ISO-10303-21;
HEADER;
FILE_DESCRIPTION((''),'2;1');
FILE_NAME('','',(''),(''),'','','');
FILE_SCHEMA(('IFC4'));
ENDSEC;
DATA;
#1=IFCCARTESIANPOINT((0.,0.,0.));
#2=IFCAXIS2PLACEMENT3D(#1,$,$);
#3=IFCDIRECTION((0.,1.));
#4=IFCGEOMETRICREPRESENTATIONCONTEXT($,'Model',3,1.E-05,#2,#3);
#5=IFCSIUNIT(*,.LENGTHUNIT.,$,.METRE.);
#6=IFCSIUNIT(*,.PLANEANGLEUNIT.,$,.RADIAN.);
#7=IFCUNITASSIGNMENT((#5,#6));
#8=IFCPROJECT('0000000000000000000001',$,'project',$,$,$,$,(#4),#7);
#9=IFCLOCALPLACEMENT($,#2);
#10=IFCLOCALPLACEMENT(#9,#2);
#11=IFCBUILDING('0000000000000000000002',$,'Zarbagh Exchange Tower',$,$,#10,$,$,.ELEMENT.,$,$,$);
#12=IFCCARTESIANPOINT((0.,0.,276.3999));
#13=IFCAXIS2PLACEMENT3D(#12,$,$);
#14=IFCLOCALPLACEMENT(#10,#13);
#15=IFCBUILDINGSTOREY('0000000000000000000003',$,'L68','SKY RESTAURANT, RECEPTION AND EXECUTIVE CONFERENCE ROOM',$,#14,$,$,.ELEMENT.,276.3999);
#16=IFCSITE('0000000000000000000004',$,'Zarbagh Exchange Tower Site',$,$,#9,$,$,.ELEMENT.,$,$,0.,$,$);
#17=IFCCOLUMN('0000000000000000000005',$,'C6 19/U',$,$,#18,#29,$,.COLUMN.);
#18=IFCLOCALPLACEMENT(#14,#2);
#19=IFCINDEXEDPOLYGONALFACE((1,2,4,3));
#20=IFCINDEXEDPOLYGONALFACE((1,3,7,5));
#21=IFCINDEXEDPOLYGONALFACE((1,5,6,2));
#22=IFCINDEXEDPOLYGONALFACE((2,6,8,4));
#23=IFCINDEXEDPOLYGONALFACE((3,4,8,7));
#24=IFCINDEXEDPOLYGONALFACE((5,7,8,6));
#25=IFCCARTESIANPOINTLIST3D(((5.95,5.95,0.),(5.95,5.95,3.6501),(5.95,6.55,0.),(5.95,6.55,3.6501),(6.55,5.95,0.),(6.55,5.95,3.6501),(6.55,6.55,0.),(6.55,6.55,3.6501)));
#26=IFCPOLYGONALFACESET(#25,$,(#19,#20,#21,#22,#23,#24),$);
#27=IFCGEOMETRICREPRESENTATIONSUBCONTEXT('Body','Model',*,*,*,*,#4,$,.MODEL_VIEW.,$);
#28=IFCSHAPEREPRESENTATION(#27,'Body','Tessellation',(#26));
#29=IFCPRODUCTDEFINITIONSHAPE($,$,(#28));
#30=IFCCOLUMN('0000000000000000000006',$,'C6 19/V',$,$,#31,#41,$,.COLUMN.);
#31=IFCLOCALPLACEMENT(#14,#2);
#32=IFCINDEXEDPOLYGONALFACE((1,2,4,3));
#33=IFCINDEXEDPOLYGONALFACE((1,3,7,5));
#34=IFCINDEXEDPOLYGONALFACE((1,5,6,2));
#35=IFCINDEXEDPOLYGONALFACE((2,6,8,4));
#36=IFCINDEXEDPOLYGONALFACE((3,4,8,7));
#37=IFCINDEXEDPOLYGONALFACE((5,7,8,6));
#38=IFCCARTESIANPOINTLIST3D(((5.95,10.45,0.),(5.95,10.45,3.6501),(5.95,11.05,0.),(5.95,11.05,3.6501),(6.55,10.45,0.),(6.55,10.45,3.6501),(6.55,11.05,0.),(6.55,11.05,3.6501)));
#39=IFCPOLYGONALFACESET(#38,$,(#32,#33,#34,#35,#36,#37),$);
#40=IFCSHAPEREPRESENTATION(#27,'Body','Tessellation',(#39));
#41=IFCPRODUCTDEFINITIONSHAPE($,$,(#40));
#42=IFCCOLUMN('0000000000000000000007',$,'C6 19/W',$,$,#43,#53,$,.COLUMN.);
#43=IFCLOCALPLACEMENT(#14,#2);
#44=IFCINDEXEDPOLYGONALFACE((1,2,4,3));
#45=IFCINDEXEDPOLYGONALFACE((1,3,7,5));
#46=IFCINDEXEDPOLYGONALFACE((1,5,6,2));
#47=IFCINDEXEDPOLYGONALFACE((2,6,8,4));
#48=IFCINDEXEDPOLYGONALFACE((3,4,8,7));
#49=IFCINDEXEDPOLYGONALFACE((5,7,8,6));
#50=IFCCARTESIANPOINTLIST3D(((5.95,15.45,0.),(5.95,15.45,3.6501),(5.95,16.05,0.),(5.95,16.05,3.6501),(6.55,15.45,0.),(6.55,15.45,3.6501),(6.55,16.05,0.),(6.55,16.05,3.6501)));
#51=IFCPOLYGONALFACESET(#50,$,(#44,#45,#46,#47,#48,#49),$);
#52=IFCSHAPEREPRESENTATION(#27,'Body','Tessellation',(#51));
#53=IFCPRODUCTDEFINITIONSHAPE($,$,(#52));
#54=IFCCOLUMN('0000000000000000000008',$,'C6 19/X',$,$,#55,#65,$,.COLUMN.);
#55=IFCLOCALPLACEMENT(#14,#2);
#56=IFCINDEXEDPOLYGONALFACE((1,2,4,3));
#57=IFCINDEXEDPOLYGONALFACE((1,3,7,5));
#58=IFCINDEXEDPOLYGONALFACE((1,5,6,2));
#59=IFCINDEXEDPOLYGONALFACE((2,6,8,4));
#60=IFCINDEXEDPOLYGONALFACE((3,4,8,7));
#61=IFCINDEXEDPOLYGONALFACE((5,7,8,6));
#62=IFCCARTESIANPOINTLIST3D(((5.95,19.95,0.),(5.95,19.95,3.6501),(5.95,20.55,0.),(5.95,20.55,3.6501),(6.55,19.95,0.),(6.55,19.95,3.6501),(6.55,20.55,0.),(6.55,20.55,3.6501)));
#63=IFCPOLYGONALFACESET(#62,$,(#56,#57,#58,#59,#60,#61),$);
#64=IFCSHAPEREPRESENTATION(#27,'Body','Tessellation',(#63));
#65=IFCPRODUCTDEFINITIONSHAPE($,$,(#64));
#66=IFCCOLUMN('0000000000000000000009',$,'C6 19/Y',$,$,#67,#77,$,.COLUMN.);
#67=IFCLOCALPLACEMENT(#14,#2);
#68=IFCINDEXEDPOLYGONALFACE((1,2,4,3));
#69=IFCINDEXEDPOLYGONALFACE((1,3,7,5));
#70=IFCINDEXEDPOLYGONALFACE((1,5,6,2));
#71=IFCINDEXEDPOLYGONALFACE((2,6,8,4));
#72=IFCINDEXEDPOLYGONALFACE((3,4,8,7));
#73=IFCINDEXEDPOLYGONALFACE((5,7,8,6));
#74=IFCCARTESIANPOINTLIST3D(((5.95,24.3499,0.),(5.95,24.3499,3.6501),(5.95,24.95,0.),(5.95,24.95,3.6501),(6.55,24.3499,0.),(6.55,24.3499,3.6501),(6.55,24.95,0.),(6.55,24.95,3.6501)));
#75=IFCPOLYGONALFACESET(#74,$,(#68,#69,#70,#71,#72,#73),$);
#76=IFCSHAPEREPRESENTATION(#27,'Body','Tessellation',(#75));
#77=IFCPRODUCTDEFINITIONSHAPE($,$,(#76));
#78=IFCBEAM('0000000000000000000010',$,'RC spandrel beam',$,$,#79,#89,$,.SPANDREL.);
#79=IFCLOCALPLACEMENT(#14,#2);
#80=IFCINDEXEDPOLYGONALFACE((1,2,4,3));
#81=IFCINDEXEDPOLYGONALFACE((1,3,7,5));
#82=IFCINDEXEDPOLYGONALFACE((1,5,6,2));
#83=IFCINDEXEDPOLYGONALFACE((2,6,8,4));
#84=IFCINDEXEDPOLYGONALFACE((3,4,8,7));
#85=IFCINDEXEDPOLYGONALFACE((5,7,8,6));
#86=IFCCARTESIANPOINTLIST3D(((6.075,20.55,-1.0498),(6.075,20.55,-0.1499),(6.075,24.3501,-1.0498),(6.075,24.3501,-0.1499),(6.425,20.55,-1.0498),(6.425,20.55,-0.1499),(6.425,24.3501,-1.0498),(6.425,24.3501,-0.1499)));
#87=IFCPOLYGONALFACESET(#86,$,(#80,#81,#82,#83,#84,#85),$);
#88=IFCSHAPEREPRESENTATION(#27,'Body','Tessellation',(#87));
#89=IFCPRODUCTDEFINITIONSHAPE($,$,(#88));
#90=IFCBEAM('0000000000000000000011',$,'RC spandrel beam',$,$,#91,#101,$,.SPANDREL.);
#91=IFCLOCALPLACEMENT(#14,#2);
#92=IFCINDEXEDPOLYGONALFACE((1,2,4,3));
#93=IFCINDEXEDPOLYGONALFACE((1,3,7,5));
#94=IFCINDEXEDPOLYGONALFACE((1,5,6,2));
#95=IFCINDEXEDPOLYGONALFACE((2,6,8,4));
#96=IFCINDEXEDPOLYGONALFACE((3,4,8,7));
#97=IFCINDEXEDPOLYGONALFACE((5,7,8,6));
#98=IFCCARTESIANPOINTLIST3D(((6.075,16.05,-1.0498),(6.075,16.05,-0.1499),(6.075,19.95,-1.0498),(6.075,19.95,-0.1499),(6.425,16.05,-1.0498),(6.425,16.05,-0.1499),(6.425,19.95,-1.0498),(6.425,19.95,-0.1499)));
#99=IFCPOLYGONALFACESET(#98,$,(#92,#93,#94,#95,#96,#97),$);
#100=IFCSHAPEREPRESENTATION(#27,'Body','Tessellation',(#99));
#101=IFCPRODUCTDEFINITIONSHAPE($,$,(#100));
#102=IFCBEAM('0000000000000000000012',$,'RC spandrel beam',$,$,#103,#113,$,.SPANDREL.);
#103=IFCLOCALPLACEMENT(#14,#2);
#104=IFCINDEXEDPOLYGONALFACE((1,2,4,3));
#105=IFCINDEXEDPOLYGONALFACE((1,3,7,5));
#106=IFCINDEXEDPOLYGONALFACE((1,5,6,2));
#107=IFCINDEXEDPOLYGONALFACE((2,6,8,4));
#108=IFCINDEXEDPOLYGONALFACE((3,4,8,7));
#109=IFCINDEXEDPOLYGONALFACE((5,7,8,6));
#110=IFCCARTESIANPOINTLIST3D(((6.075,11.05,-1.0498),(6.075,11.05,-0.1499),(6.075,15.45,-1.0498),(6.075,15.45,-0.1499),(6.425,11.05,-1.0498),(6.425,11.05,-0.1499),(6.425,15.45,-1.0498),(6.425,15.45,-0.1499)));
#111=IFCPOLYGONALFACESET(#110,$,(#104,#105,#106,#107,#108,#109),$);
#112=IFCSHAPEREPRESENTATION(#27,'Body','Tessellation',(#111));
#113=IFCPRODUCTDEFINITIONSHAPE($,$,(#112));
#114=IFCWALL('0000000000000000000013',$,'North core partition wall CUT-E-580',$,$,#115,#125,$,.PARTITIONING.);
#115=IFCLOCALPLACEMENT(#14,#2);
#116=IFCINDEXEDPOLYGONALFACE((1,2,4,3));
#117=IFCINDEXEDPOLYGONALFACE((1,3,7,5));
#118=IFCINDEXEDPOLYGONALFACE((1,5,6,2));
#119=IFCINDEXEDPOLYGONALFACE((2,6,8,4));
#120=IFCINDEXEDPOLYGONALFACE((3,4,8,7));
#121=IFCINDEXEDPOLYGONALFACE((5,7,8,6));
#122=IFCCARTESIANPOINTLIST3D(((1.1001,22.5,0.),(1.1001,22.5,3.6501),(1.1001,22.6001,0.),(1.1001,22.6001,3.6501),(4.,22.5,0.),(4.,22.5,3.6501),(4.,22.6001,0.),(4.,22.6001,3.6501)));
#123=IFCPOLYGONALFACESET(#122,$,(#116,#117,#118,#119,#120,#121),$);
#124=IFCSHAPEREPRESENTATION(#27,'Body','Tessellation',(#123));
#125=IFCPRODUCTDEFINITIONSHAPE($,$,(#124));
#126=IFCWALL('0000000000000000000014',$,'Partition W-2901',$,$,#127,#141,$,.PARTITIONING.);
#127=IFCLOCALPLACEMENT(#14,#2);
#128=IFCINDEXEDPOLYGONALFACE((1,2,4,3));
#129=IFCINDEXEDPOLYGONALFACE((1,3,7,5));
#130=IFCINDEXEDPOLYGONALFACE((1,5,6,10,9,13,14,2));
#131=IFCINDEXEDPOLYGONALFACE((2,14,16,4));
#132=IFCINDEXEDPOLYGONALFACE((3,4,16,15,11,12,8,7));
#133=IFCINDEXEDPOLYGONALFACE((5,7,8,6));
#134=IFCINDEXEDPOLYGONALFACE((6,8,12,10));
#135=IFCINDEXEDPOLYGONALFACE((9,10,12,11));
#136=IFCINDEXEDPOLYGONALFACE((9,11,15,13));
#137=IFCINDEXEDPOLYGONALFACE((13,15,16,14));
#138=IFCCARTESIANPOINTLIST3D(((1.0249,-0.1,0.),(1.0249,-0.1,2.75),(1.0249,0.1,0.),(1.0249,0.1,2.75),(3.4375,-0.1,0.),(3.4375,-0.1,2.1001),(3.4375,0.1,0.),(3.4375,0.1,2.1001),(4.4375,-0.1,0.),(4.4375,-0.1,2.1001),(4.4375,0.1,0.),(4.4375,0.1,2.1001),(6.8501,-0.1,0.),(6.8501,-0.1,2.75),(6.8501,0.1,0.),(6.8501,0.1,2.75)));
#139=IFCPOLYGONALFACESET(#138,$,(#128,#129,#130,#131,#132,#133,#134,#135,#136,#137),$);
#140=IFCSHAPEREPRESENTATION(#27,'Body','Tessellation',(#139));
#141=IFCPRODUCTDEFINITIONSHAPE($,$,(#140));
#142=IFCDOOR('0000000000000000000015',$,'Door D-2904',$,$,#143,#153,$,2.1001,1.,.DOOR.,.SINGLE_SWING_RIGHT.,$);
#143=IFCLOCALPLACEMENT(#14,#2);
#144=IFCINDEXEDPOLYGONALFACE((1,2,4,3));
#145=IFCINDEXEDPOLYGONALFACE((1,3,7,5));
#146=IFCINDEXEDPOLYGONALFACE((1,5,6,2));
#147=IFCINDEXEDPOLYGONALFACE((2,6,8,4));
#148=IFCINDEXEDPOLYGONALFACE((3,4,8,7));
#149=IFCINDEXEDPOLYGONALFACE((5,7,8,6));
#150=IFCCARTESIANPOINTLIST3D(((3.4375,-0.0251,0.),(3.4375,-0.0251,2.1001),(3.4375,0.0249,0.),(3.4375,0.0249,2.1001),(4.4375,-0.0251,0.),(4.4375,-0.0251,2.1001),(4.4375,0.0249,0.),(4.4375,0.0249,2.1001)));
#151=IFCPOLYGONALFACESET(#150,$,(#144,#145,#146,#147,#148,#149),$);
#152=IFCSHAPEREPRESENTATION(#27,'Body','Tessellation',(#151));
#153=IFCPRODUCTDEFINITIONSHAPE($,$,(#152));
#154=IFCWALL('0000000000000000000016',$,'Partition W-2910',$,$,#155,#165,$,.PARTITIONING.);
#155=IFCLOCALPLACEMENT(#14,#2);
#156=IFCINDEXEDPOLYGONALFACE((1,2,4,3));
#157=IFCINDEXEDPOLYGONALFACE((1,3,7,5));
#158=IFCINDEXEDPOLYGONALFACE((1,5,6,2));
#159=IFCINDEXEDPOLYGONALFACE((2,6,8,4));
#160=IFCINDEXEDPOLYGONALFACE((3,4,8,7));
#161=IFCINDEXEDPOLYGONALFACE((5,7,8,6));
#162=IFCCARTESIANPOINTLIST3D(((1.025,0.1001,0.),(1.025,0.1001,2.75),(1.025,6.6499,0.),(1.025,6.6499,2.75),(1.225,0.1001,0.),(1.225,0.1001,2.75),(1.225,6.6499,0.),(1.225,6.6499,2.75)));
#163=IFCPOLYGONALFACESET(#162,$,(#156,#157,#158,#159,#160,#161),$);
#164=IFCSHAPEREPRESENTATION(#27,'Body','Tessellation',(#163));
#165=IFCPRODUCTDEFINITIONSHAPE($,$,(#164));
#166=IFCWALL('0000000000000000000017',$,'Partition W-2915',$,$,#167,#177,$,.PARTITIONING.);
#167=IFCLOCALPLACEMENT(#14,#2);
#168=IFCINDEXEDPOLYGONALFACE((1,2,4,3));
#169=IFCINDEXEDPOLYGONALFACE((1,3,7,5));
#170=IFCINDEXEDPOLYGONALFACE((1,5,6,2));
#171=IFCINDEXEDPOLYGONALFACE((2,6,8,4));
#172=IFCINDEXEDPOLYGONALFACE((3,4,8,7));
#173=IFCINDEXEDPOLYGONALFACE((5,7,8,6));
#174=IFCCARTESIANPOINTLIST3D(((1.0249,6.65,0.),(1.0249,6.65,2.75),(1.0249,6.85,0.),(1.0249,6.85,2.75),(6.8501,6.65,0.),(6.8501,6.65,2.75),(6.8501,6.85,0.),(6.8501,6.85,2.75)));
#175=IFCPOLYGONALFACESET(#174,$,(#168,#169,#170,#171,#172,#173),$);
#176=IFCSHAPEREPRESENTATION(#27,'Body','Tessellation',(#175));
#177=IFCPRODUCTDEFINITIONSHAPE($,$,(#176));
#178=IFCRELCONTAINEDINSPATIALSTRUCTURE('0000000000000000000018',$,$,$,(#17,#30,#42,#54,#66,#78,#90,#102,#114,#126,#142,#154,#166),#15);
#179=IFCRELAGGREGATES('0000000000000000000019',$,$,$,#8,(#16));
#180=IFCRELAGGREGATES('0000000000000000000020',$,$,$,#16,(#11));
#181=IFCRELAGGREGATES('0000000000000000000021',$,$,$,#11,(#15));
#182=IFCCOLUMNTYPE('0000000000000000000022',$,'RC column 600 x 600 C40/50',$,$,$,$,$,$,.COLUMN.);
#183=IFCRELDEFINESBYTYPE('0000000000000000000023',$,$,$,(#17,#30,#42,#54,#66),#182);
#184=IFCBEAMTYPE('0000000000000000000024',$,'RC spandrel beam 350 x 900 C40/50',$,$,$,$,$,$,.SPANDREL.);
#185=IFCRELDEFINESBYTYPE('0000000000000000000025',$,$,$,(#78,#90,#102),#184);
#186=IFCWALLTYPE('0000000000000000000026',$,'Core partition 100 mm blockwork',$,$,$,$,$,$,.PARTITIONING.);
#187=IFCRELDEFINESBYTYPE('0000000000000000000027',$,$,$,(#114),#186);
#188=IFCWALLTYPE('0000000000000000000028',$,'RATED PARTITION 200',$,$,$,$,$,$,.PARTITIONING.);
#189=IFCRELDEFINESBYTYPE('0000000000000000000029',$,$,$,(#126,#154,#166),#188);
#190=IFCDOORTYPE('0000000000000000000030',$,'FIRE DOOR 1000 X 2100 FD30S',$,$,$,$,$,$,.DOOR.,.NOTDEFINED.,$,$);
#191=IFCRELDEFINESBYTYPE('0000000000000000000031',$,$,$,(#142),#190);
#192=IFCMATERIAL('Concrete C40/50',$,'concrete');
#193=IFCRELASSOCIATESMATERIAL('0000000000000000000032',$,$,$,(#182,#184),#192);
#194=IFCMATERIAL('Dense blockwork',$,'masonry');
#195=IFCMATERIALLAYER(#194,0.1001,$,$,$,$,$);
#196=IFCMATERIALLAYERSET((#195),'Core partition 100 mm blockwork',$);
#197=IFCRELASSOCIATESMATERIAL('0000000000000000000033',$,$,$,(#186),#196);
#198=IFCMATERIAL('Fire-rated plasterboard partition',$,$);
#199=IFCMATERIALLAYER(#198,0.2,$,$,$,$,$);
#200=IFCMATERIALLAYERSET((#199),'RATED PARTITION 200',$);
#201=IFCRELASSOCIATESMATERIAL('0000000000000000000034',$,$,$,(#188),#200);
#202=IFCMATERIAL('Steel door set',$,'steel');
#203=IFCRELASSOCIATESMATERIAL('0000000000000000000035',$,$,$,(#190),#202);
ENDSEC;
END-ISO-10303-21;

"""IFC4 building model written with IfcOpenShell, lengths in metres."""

from ifc_helpers import new_model, si_unit, direction, frame, frame_2d, origin, origin_2d, place, context, subcontext, project, spatial, rectangle, extrude, material, layer, layer_set, material_profile, profile_set, type_object, element, fill, save


model = new_model("IFC4")

# Units and contexts
model_context = context("Model", 3, precision=1e-05, world=origin(), true_north=direction((0.0, 1.0)))
body_context = subcontext(model_context, "Body", "Model", "MODEL_VIEW")
ifc_project = project(units=[si_unit("LENGTHUNIT", "METRE"), si_unit("PLANEANGLEUNIT", "RADIAN")], contexts=[model_context])

# Site, building, storey
site_placement = place(None, origin())
site = spatial("IfcSite", under=ifc_project, at=site_placement, Name="Zarbagh Exchange Tower Site", CompositionType="ELEMENT", RefElevation=0.0)
building_placement = place(site_placement, origin())
building = spatial("IfcBuilding", under=site, at=building_placement, Name="Zarbagh Exchange Tower", CompositionType="ELEMENT")
storey_placement = place(building_placement, frame((0.0, 0.0, 276.3999)))
storey = spatial("IfcBuildingStorey", under=building, at=storey_placement, Name="L68", Description="SKY RESTAURANT, RECEPTION AND EXECUTIVE CONFERENCE ROOM", CompositionType="ELEMENT", Elevation=276.3999)

# Columns
ifc_material_1 = material(Name="Concrete C40/50", Category="concrete")
ifc_material_profile_1 = material_profile(ifc_material_1, rectangle(XDim=0.6001, YDim=0.6001, at=origin_2d()), Name="RC column 600 x 600 C40/50")
ifc_profile_set_1 = profile_set([ifc_material_profile_1], Name="Concrete C40/50")
column_type = type_object("IfcColumnType", Name="RC column 600 x 600 C40/50", PredefinedType="COLUMN", material=ifc_profile_set_1)
for number, where, z_axis, x_axis, name in (
    (1, (6.25, 6.25, 0.0), (0.0, 0.0, 1.0), (1.0, 0.0, 0.0), "C6 19/U"),
    (2, (6.25, 10.75, 0.0), (0.0, 0.0, 1.0), (1.0, 0.0, 0.0), "C6 19/V"),
    (3, (6.25, 15.75, 0.0), (0.0, 0.0, 1.0), (1.0, 0.0, 0.0), "C6 19/W"),
    (4, (6.25, 20.25, 0.0), (0.0, 0.0, 1.0), (1.0, 0.0, 0.0), "C6 19/X"),
    (5, (6.25, 24.6499, 0.0), (0.0, 0.0, 1.0), (1.0, 0.0, 0.0), "C6 19/Y"),
):
    element("IfcColumn", number, at=place(storey_placement, frame(where, z_axis=z_axis, x_axis=x_axis)), inside=storey, type_object=column_type, Name=name, PredefinedType="COLUMN", context=body_context, shape_type="SweptSolid", body=[
        extrude(rectangle(XDim=0.6001, YDim=0.6001, at=origin_2d()), origin(), (0.0, 0.0, 1.0), 3.6501),
    ])

# Beams
ifc_material_profile_2 = material_profile(ifc_material_1, rectangle(XDim=0.3501, YDim=0.8999, at=origin_2d()), Name="RC spandrel beam 350 x 900 C40/50")
ifc_profile_set_2 = profile_set([ifc_material_profile_2], Name="Concrete C40/50")
beam_type = type_object("IfcBeamType", Name="RC spandrel beam 350 x 900 C40/50", PredefinedType="SPANDREL", material=ifc_profile_set_2)
beam_1_placement = place(storey_placement, frame((6.25, 24.3501, -0.5999), z_axis=(0.0, -1.0, 0.0), x_axis=(1.0, 0.0, 0.0)))
element("IfcBeam", 6, at=beam_1_placement, inside=storey, type_object=beam_type, Name="RC spandrel beam", PredefinedType="SPANDREL", context=body_context, shape_type="SweptSolid", body=[
    extrude(rectangle(XDim=0.3501, YDim=0.8999, at=origin_2d()), origin(), (0.0, 0.0, 1.0), 3.8),
])
beam_2_placement = place(storey_placement, frame((6.25, 19.95, -0.5999), z_axis=(0.0, -1.0, 0.0), x_axis=(1.0, 0.0, 0.0)))
element("IfcBeam", 7, at=beam_2_placement, inside=storey, type_object=beam_type, Name="RC spandrel beam", PredefinedType="SPANDREL", context=body_context, shape_type="SweptSolid", body=[
    extrude(rectangle(XDim=0.3501, YDim=0.8999, at=origin_2d()), origin(), (0.0, 0.0, 1.0), 3.8999),
])
beam_3_placement = place(storey_placement, frame((6.25, 15.45, -0.5999), z_axis=(0.0, -1.0, 0.0), x_axis=(1.0, 0.0, 0.0)))
element("IfcBeam", 8, at=beam_3_placement, inside=storey, type_object=beam_type, Name="RC spandrel beam", PredefinedType="SPANDREL", context=body_context, shape_type="SweptSolid", body=[
    extrude(rectangle(XDim=0.3501, YDim=0.8999, at=origin_2d()), origin(), (0.0, 0.0, 1.0), 4.3999),
])

# Wall
ifc_material_2 = material(Name="Dense blockwork", Category="masonry")
ifc_layer_1 = layer(ifc_material_2, 0.1001)
ifc_layer_set_1 = layer_set([ifc_layer_1], Name="Core partition 100 mm blockwork")
wall_type_1 = type_object("IfcWallType", Name="Core partition 100 mm blockwork", PredefinedType="PARTITIONING", material=ifc_layer_set_1)
wall_1_placement = place(storey_placement, frame((1.1001, 22.55, 0.0), z_axis=(0.0, 0.0, 1.0), x_axis=(1.0, 0.0, 0.0)))
element("IfcWall", 9, at=wall_1_placement, inside=storey, type_object=wall_type_1, Name="North core partition wall CUT-E-580", PredefinedType="PARTITIONING", context=body_context, shape_type="SweptSolid", body=[
    extrude(rectangle(XDim=2.8999, YDim=0.1001, at=frame_2d((1.45, 0.0))), origin(), (0.0, 0.0, 1.0), 3.6501),
])

# Wall, opening, door
ifc_material_3 = material(Name="Fire-rated plasterboard partition")
ifc_layer_2 = layer(ifc_material_3, 0.2)
ifc_layer_set_2 = layer_set([ifc_layer_2], Name="RATED PARTITION 200")
wall_type_2 = type_object("IfcWallType", Name="RATED PARTITION 200", PredefinedType="PARTITIONING", material=ifc_layer_set_2)
wall_2_placement = place(storey_placement, frame((1.0249, 0.0, 0.0), z_axis=(0.0, 0.0, 1.0), x_axis=(1.0, 0.0, 0.0)))
wall_2 = element("IfcWall", 10, at=wall_2_placement, inside=storey, type_object=wall_type_2, Name="Partition W-2901", PredefinedType="PARTITIONING", context=body_context, shape_type="SweptSolid", body=[
    extrude(rectangle(XDim=5.8252, YDim=0.2, at=frame_2d((2.9126, 0.0))), origin(), (0.0, 0.0, 1.0), 2.75),
])
opening_1_placement = place(wall_2_placement, frame((2.4126, 0.0, 0.0)))
opening_1 = element("IfcOpeningElement", 11, at=opening_1_placement, cuts=wall_2, PredefinedType="OPENING", context=body_context, shape_type="SweptSolid", body=[
    extrude(rectangle(XDim=1.0, YDim=2.1001, at=frame_2d((0.5, 1.05))), frame((0.0, 0.1099, 0.0), z_axis=(0.0, -1.0, 0.0), x_axis=(1.0, 0.0, 0.0)), (0.0, 0.0, 1.0), 0.22),
])
ifc_material_4 = material(Name="Steel door set", Category="steel")
door_type_1 = type_object("IfcDoorType", Name="FIRE DOOR 1000 X 2100 FD30S", OperationType="NOTDEFINED", PredefinedType="DOOR", material=ifc_material_4)
door_1_placement = place(opening_1_placement, origin())
door_1 = element("IfcDoor", 12, at=door_1_placement, inside=storey, type_object=door_type_1, Name="Door D-2904", OperationType="SINGLE_SWING_RIGHT", OverallHeight=2.1001, OverallWidth=1.0, PredefinedType="DOOR", context=body_context, shape_type="SweptSolid", body=[
    extrude(rectangle(XDim=1.0, YDim=2.1001, at=frame_2d((0.5, 1.05))), frame((0.0, 0.0249, 0.0), z_axis=(0.0, -1.0, 0.0), x_axis=(1.0, 0.0, 0.0)), (0.0, 0.0, 1.0), 0.05),
])
fill(opening_1, door_1)

# Walls
wall_3_placement = place(storey_placement, frame((1.125, 0.1001, 0.0), z_axis=(0.0, 0.0, 1.0), x_axis=(0.0, 1.0, 0.0)))
element("IfcWall", 13, at=wall_3_placement, inside=storey, type_object=wall_type_2, Name="Partition W-2910", PredefinedType="PARTITIONING", context=body_context, shape_type="SweptSolid", body=[
    extrude(rectangle(XDim=6.5498, YDim=0.2, at=frame_2d((3.2749, 0.0))), origin(), (0.0, 0.0, 1.0), 2.75),
])
wall_4_placement = place(storey_placement, frame((1.0249, 6.75, 0.0), z_axis=(0.0, 0.0, 1.0), x_axis=(1.0, 0.0, 0.0)))
element("IfcWall", 14, at=wall_4_placement, inside=storey, type_object=wall_type_2, Name="Partition W-2915", PredefinedType="PARTITIONING", context=body_context, shape_type="SweptSolid", body=[
    extrude(rectangle(XDim=5.8252, YDim=0.2, at=frame_2d((2.9126, 0.0))), origin(), (0.0, 0.0, 1.0), 2.75),
])

save(model, "model.ifc")
